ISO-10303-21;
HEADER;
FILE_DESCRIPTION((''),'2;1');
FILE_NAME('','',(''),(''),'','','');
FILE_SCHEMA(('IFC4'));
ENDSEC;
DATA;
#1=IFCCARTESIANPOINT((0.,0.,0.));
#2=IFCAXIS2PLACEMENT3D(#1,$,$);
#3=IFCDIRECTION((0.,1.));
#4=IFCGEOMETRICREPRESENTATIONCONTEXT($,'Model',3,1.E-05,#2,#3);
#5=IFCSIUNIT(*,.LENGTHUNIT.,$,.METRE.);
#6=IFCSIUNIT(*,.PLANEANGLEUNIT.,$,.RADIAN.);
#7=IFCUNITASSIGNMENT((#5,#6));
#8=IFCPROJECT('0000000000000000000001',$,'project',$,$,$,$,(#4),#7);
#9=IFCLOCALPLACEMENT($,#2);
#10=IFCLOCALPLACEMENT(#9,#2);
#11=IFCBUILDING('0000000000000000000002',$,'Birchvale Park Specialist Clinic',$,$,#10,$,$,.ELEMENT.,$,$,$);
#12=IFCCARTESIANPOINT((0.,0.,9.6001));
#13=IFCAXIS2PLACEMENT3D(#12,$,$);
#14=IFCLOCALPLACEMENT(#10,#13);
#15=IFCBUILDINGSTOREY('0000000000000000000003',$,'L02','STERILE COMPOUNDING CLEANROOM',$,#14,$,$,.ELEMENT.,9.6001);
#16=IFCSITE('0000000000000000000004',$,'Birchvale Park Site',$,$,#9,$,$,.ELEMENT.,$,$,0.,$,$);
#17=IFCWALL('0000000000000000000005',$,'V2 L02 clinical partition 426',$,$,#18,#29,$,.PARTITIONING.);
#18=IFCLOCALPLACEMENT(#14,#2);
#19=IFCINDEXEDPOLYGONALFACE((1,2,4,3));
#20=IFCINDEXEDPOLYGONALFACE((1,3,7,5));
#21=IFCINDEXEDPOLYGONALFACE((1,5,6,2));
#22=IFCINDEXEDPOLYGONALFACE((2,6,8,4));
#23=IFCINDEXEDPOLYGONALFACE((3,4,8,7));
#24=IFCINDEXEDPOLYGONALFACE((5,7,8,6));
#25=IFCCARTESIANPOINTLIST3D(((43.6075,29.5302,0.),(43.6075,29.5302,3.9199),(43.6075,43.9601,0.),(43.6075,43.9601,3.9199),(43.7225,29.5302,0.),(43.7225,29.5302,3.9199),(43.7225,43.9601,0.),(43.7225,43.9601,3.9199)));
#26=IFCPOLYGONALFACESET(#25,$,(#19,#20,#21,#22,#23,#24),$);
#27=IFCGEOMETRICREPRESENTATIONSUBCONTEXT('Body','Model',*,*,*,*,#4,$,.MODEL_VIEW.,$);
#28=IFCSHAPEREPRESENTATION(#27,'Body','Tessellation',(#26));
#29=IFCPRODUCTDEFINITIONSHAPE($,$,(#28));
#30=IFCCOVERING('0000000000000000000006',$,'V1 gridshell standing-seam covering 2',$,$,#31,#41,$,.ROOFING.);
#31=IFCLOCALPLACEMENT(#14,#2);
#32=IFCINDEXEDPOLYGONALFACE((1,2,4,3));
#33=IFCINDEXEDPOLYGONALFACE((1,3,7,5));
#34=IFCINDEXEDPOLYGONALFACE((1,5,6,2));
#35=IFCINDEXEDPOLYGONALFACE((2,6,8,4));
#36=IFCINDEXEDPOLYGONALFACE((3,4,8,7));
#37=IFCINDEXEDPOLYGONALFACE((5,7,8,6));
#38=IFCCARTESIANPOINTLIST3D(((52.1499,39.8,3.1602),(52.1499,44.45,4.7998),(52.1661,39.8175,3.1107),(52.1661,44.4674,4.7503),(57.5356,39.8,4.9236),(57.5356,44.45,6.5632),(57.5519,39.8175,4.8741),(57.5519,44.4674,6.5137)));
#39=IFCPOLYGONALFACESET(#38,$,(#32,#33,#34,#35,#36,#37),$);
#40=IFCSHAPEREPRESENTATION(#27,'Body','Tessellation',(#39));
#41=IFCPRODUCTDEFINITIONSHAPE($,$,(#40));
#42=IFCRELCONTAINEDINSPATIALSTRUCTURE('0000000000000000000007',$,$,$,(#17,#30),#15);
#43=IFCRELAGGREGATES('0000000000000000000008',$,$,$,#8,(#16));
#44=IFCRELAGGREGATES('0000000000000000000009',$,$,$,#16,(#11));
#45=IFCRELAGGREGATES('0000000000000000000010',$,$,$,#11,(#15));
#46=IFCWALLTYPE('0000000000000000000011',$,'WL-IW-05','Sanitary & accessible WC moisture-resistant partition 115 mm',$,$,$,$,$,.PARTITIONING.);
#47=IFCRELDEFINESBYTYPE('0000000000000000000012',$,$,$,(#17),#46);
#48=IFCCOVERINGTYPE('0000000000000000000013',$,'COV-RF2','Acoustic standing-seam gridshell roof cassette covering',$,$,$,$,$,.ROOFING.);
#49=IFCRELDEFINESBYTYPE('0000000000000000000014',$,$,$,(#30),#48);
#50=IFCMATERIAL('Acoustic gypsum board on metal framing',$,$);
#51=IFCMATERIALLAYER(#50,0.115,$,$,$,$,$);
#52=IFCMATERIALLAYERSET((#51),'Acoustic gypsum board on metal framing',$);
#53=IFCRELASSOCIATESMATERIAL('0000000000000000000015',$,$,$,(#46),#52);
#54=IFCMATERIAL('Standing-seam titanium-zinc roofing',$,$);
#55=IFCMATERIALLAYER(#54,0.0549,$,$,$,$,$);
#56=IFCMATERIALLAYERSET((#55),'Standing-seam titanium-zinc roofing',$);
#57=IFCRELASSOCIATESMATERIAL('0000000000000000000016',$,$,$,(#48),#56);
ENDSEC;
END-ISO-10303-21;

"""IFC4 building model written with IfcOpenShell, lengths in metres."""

from ifc_helpers import new_model, si_unit, direction, frame, frame_2d, origin, place, context, subcontext, project, spatial, polyline, rectangle, outline, extrude, material, layer, layer_set, type_object, element, save


model = new_model("IFC4")

# Units and contexts
model_context = context("Model", 3, precision=1e-05, world=origin(), true_north=direction((0.0, 1.0)))
body_context = subcontext(model_context, "Body", "Model", "MODEL_VIEW")
ifc_project = project(units=[si_unit("LENGTHUNIT", "METRE"), si_unit("PLANEANGLEUNIT", "RADIAN")], contexts=[model_context])

# Site, building, storey
site_placement = place(None, origin())
site = spatial("IfcSite", under=ifc_project, at=site_placement, Name="Birchvale Park Site", CompositionType="ELEMENT", RefElevation=0.0)
building_placement = place(site_placement, origin())
building = spatial("IfcBuilding", under=site, at=building_placement, Name="Birchvale Park Specialist Clinic", CompositionType="ELEMENT")
storey_placement = place(building_placement, frame((0.0, 0.0, 9.6001)))
storey = spatial("IfcBuildingStorey", under=building, at=storey_placement, Name="L02", Description="STERILE COMPOUNDING CLEANROOM", CompositionType="ELEMENT", Elevation=9.6001)

# Wall
ifc_material_1 = material(Name="Acoustic gypsum board on metal framing")
ifc_layer_1 = layer(ifc_material_1, 0.115)
ifc_layer_set_1 = layer_set([ifc_layer_1], Name="Acoustic gypsum board on metal framing")
wall_type_1 = type_object("IfcWallType", Name="WL-IW-05", Description="Sanitary & accessible WC moisture-resistant partition 115 mm", PredefinedType="PARTITIONING", material=ifc_layer_set_1)
wall_1_placement = place(storey_placement, frame((43.665, 43.96, 0.0), z_axis=(0.0, 0.0, 1.0), x_axis=(0.0, -1.0, 0.0)))
element("IfcWall", 1, at=wall_1_placement, inside=storey, type_object=wall_type_1, Name="V2 L02 clinical partition 426", PredefinedType="PARTITIONING", context=body_context, shape_type="SweptSolid", body=[
    extrude(rectangle(XDim=14.4299, YDim=0.115, at=frame_2d((7.2148, 0.0))), origin(), (0.0, 0.0, 1.0), 3.9199),
])

# Covering
ifc_material_2 = material(Name="Standing-seam titanium-zinc roofing")
ifc_layer_2 = layer(ifc_material_2, 0.0549)
ifc_layer_set_2 = layer_set([ifc_layer_2], Name="Standing-seam titanium-zinc roofing")
covering_type = type_object("IfcCoveringType", Name="COV-RF2", Description="Acoustic standing-seam gridshell roof cassette covering", PredefinedType="ROOFING", material=ifc_layer_set_2)
covering_placement = place(storey_placement, frame((52.1499, 39.8, 3.1602), z_axis=(-0.295044, -0.317747, 0.901103), x_axis=(0.950354, 0.0, 0.31117)))
element("IfcCovering", 2, at=covering_placement, inside=storey, type_object=covering_type, Name="V1 gridshell standing-seam covering 2", PredefinedType="ROOFING", context=body_context, shape_type="SweptSolid", body=[
    extrude(outline(polyline([(0.0, 0.0), (5.6671, 0.0), (6.1773, 4.9041), (0.5102, 4.9041), (0.0, 0.0)])), origin(), (0.0, 0.0, -1.0), 0.0549),
])

save(model, "model.ifc")
